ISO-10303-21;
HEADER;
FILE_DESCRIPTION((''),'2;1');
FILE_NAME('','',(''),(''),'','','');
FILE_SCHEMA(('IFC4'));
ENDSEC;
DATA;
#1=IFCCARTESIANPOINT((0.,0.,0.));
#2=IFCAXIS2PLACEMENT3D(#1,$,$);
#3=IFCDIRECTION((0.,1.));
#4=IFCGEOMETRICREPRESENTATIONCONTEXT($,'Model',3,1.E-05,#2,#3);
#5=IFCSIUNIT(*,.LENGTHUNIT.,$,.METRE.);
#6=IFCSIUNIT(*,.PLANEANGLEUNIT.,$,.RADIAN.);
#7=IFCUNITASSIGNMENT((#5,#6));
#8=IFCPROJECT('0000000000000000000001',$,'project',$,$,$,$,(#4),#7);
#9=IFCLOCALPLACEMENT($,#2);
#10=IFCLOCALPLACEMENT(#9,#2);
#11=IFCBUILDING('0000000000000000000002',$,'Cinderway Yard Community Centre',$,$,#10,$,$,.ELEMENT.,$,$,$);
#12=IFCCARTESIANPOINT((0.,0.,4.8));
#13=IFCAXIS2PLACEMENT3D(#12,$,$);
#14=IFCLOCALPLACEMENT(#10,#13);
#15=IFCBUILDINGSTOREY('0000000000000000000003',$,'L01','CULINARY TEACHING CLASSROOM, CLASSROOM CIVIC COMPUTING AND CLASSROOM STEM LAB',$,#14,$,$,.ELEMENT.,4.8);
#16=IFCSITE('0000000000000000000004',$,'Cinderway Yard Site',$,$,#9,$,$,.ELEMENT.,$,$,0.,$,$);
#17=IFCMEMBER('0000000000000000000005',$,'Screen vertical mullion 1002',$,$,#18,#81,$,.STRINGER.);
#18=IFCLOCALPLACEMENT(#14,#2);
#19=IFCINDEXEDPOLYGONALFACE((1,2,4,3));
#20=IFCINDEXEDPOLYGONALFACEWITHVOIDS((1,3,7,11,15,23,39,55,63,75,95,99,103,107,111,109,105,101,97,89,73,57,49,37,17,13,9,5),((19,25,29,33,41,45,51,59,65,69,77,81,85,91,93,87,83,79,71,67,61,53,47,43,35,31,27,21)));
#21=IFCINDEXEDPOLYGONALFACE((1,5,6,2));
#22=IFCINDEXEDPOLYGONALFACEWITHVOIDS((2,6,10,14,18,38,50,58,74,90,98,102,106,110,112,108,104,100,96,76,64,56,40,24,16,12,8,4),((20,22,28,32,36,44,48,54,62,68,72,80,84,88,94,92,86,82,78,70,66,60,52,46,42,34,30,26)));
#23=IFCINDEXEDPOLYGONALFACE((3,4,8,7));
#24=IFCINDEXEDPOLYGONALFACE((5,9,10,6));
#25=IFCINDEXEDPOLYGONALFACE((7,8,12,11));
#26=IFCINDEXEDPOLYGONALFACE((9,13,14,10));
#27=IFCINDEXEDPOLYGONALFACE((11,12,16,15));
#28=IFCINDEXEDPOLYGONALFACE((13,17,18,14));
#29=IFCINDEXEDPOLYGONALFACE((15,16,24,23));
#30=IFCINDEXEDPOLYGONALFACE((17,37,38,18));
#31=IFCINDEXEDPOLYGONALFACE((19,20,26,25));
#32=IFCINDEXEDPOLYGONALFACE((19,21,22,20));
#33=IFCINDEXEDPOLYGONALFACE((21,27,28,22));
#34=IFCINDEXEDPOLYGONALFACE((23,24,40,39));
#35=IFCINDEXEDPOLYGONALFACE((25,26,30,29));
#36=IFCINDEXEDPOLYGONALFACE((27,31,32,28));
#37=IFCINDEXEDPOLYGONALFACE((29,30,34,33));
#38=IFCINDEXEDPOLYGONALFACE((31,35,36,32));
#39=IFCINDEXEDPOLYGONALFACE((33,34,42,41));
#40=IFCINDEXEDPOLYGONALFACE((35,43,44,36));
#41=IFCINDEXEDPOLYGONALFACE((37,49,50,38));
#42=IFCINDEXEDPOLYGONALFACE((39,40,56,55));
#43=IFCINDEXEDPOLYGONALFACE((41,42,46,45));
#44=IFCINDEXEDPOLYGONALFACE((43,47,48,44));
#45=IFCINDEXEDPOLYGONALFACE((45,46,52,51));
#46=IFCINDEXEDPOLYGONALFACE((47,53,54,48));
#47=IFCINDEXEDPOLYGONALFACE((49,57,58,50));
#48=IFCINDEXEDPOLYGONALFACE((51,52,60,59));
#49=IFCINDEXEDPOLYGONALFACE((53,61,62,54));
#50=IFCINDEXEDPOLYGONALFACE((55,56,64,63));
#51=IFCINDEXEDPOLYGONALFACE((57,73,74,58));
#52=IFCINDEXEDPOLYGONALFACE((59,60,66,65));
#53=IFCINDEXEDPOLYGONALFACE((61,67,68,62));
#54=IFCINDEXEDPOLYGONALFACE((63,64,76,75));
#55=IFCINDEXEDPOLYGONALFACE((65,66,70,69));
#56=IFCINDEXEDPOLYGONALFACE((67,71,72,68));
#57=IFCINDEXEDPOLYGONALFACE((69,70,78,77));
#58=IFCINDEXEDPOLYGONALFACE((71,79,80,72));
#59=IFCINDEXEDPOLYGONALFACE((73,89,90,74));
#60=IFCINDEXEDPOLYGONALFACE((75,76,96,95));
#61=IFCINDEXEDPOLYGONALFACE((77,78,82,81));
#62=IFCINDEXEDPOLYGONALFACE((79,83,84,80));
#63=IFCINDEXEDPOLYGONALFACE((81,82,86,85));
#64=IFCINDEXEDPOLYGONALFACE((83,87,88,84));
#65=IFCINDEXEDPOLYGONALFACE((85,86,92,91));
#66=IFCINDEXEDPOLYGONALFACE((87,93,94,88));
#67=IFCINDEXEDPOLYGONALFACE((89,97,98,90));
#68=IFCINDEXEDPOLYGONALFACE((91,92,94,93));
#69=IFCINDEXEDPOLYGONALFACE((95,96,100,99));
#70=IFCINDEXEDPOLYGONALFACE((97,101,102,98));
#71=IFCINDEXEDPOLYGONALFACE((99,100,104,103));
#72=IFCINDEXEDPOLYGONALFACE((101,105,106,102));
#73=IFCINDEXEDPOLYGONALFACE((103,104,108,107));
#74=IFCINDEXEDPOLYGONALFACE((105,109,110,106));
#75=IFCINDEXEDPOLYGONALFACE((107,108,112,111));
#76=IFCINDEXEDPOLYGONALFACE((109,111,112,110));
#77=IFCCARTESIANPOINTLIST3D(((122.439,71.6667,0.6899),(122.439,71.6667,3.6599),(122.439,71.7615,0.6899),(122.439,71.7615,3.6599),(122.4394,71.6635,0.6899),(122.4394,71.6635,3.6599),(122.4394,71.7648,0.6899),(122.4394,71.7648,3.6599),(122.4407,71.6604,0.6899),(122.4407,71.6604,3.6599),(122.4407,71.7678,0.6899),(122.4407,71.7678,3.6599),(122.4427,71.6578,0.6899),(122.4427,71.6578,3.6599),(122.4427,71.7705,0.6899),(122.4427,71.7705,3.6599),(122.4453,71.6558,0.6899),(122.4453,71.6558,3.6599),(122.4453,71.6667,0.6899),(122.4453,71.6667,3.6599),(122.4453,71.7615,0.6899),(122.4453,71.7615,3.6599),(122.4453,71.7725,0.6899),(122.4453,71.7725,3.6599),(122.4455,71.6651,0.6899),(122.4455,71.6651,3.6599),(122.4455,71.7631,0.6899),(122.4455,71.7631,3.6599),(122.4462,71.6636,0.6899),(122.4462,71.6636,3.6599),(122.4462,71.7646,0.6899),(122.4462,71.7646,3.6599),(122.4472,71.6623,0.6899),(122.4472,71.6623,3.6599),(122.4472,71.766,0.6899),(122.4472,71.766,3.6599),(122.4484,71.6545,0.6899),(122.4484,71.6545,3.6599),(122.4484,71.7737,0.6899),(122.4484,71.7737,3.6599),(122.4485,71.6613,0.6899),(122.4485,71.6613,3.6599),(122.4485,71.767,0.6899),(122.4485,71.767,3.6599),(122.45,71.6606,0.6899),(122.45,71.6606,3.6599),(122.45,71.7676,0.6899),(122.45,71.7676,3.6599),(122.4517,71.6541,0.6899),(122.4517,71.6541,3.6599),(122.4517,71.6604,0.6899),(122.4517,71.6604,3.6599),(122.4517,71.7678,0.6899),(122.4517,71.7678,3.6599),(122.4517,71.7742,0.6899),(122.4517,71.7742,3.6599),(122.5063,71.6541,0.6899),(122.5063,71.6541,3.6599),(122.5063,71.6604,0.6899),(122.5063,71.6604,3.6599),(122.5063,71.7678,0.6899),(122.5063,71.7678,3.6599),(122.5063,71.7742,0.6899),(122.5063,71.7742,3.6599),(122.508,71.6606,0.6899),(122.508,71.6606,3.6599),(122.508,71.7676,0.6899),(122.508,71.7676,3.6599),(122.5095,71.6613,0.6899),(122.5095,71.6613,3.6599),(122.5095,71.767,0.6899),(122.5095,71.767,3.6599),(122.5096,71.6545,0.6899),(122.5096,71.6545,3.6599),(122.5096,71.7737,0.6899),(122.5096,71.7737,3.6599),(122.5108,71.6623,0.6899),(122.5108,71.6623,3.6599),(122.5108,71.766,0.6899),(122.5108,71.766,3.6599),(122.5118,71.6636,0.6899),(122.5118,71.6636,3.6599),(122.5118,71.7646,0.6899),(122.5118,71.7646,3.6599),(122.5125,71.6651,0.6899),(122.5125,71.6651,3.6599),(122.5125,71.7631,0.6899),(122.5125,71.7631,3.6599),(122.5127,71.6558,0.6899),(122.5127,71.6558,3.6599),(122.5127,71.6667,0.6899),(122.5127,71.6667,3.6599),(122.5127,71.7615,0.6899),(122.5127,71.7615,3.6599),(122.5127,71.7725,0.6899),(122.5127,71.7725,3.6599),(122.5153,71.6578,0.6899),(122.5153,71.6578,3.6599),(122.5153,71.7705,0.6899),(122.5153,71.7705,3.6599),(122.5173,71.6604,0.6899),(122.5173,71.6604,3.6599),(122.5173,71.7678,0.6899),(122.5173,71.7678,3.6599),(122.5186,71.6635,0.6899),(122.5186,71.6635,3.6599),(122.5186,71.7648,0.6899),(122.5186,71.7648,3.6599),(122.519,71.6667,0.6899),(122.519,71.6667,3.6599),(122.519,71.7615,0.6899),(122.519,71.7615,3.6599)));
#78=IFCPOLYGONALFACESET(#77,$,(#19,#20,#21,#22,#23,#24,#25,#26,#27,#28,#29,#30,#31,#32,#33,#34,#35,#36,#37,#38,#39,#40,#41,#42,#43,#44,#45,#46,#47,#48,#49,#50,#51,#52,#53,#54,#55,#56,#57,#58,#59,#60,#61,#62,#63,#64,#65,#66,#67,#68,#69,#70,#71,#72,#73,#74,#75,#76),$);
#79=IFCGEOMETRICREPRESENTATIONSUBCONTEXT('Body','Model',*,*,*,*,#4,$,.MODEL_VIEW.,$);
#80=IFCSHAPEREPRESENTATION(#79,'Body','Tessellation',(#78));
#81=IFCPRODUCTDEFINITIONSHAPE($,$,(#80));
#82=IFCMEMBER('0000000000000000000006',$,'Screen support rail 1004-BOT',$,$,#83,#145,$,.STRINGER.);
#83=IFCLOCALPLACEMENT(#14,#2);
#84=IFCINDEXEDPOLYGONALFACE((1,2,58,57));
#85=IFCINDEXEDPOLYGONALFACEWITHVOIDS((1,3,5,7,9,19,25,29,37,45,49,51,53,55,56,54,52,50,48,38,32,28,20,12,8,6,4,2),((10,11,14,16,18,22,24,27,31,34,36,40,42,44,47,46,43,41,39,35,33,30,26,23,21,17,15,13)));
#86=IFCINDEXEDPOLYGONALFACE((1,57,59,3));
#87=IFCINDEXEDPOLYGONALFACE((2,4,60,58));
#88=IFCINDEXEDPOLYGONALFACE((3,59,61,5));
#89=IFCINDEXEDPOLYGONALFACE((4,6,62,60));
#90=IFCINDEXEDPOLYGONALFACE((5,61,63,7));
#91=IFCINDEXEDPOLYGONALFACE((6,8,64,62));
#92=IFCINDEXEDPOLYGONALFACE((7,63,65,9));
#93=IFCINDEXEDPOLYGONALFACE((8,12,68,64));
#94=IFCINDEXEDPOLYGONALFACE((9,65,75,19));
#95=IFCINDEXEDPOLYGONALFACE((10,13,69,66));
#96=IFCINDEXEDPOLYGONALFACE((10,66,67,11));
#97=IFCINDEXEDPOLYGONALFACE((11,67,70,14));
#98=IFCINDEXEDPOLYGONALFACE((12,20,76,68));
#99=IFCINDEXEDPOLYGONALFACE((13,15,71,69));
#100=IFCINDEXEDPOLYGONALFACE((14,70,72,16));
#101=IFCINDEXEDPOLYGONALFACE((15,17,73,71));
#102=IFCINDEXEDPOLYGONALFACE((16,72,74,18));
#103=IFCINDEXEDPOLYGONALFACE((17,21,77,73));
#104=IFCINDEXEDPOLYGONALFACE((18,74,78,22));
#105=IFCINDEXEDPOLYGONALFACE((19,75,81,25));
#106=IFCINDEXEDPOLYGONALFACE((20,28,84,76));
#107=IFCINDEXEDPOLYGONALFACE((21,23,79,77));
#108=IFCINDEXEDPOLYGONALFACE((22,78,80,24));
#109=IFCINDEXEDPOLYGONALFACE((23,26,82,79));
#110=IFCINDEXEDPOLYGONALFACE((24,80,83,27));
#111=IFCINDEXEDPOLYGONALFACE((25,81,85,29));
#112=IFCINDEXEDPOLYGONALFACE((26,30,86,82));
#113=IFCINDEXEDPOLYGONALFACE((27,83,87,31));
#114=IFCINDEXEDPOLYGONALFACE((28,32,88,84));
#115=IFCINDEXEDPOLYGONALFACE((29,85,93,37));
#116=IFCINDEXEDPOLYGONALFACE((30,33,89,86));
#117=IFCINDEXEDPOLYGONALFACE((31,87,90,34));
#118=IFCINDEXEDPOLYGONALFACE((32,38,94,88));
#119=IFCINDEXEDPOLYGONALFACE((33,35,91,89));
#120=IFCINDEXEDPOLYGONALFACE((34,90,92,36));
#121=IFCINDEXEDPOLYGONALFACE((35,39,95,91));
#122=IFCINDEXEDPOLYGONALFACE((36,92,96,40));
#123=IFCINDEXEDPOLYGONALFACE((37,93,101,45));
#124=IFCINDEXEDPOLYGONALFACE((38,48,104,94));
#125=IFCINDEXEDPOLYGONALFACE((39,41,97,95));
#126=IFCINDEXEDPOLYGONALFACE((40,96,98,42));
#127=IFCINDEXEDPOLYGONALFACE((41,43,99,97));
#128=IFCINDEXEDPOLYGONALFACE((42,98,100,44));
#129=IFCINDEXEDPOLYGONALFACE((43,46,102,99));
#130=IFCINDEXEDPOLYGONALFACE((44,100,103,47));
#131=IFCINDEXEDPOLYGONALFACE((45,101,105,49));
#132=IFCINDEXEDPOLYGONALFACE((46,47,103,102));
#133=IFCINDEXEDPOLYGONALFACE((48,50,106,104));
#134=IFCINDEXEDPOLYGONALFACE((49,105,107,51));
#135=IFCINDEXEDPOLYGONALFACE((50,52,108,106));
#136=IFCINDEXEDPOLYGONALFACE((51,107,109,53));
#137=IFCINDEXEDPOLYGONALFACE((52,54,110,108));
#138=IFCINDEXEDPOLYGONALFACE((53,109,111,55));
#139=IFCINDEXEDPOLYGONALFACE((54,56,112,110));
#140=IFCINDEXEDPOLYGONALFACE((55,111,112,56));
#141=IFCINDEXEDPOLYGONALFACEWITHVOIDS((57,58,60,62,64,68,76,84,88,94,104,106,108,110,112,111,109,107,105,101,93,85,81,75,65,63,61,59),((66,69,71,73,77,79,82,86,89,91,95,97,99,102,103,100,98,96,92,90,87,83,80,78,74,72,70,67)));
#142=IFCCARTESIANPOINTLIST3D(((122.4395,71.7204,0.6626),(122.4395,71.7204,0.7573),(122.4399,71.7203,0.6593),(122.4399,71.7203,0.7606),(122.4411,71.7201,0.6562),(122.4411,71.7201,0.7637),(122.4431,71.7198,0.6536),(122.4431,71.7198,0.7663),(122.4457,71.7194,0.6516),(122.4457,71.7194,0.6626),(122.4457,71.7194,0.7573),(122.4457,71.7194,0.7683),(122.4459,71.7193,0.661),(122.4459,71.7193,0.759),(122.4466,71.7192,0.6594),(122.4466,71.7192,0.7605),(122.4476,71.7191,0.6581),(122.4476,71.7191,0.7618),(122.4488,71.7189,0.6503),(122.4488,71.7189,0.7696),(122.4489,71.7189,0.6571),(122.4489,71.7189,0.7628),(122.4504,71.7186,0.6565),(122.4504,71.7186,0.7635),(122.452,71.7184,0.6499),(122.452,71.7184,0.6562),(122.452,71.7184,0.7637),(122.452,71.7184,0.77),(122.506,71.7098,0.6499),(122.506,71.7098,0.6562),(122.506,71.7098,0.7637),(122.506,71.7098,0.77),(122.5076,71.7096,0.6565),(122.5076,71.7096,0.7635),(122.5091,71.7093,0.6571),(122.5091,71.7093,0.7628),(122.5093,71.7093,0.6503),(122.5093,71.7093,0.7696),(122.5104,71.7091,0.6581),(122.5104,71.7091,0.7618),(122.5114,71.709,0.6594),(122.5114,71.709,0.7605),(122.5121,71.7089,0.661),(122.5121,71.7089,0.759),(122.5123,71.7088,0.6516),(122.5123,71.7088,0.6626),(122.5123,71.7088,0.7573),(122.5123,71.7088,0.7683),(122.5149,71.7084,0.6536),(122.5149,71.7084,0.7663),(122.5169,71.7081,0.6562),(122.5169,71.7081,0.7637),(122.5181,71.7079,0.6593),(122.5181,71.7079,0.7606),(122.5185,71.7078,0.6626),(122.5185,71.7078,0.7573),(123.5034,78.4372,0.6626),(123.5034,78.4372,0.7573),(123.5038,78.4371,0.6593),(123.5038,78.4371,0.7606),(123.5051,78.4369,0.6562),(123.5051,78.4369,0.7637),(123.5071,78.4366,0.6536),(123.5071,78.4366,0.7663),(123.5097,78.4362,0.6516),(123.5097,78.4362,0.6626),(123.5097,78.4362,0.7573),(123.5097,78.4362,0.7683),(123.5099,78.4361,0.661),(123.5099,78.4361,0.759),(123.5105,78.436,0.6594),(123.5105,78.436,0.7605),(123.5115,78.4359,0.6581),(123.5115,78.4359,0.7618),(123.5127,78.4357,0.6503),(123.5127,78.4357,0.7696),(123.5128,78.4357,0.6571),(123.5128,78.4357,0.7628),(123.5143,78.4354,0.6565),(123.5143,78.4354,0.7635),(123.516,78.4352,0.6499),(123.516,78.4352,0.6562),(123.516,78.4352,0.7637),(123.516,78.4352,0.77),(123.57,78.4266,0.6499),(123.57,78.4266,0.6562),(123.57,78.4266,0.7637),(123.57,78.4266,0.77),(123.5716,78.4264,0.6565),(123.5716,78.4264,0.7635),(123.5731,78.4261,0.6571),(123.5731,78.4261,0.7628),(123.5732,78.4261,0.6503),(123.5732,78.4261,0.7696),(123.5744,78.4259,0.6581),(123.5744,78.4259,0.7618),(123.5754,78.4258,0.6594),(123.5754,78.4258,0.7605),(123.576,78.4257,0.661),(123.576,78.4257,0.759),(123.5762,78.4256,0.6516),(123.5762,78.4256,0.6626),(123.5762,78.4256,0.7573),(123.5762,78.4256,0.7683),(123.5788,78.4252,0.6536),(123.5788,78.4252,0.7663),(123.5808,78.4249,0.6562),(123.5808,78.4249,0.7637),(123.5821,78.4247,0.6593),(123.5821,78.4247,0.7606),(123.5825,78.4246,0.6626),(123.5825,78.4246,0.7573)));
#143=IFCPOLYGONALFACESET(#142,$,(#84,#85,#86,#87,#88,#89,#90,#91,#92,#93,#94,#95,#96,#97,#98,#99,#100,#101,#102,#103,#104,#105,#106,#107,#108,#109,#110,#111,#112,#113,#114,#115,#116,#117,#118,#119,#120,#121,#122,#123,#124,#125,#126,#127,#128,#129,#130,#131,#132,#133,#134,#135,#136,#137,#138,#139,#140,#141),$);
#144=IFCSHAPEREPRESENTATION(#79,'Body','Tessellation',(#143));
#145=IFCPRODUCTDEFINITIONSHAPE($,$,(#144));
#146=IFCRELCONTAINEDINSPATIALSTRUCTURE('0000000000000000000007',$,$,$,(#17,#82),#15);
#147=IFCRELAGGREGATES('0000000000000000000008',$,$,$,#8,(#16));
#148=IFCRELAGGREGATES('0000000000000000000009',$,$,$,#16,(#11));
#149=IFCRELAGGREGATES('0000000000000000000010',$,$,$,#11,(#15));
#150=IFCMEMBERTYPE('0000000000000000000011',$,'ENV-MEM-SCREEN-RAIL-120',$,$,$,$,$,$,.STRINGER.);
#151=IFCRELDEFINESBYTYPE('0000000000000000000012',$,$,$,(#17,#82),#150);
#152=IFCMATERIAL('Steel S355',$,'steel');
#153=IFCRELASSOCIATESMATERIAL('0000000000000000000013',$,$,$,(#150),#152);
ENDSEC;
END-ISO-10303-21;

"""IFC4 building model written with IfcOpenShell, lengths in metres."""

from ifc_helpers import new_model, si_unit, direction, frame, origin, origin_2d, place, context, subcontext, project, spatial, hollow_rectangle, extrude, material, material_profile, profile_set, type_object, element, save


model = new_model("IFC4")

# Units and contexts
model_context = context("Model", 3, precision=1e-05, world=origin(), true_north=direction((0.0, 1.0)))
body_context = subcontext(model_context, "Body", "Model", "MODEL_VIEW")
ifc_project = project(units=[si_unit("LENGTHUNIT", "METRE"), si_unit("PLANEANGLEUNIT", "RADIAN")], contexts=[model_context])

# Site, building, storey
site_placement = place(None, origin())
site = spatial("IfcSite", under=ifc_project, at=site_placement, Name="Cinderway Yard Site", CompositionType="ELEMENT", RefElevation=0.0)
building_placement = place(site_placement, origin())
building = spatial("IfcBuilding", under=site, at=building_placement, Name="Cinderway Yard Community Centre", CompositionType="ELEMENT")
storey_placement = place(building_placement, frame((0.0, 0.0, 4.8)))
storey = spatial("IfcBuildingStorey", under=building, at=storey_placement, Name="L01", Description="CULINARY TEACHING CLASSROOM, CLASSROOM CIVIC COMPUTING AND CLASSROOM STEM LAB", CompositionType="ELEMENT", Elevation=4.8)

# Members
ifc_material_1 = material(Name="Steel S355", Category="steel")
ifc_material_profile_1 = material_profile(ifc_material_1, hollow_rectangle(XDim=0.0801, YDim=0.1201, WallThickness=0.0063, InnerFilletRadius=0.0063, OuterFilletRadius=0.0127, at=origin_2d()), Name="Steel S355")
ifc_profile_set_1 = profile_set([ifc_material_profile_1], Name="Steel S355")
member_type_1 = type_object("IfcMemberType", Name="ENV-MEM-SCREEN-RAIL-120", PredefinedType="STRINGER", material=ifc_profile_set_1)
member_1_placement = place(storey_placement, frame((122.479, 71.7141, 0.6899), z_axis=(0.0, 0.0, 1.0), x_axis=(1.0, 0.0, 0.0)))
element("IfcMember", 1, at=member_1_placement, inside=storey, type_object=member_type_1, Name="Screen vertical mullion 1002", PredefinedType="STRINGER", context=body_context, shape_type="SweptSolid", body=[
    extrude(hollow_rectangle(XDim=0.0801, YDim=0.1201, WallThickness=0.0063, InnerFilletRadius=0.0063, OuterFilletRadius=0.0127, at=origin_2d()), origin(), (0.0, 0.0, 1.0), 2.97),
])
for number, where, z_axis, x_axis, name in (
    (2, (122.479, 71.7141, 0.71), (0.156453, 0.987685, 0.0), (-0.987685, 0.156453, 0.0), "Screen support rail 1004-BOT"),
):
    element("IfcMember", number, at=place(storey_placement, frame(where, z_axis=z_axis, x_axis=x_axis)), inside=storey, type_object=member_type_1, Name=name, PredefinedType="STRINGER", context=body_context, shape_type="SweptSolid", body=[
        extrude(hollow_rectangle(XDim=0.0801, YDim=0.1201, WallThickness=0.0063, InnerFilletRadius=0.0063, OuterFilletRadius=0.0127, at=origin_2d()), origin(), (0.0, 0.0, 1.0), 6.8005),
    ])

save(model, "model.ifc")
